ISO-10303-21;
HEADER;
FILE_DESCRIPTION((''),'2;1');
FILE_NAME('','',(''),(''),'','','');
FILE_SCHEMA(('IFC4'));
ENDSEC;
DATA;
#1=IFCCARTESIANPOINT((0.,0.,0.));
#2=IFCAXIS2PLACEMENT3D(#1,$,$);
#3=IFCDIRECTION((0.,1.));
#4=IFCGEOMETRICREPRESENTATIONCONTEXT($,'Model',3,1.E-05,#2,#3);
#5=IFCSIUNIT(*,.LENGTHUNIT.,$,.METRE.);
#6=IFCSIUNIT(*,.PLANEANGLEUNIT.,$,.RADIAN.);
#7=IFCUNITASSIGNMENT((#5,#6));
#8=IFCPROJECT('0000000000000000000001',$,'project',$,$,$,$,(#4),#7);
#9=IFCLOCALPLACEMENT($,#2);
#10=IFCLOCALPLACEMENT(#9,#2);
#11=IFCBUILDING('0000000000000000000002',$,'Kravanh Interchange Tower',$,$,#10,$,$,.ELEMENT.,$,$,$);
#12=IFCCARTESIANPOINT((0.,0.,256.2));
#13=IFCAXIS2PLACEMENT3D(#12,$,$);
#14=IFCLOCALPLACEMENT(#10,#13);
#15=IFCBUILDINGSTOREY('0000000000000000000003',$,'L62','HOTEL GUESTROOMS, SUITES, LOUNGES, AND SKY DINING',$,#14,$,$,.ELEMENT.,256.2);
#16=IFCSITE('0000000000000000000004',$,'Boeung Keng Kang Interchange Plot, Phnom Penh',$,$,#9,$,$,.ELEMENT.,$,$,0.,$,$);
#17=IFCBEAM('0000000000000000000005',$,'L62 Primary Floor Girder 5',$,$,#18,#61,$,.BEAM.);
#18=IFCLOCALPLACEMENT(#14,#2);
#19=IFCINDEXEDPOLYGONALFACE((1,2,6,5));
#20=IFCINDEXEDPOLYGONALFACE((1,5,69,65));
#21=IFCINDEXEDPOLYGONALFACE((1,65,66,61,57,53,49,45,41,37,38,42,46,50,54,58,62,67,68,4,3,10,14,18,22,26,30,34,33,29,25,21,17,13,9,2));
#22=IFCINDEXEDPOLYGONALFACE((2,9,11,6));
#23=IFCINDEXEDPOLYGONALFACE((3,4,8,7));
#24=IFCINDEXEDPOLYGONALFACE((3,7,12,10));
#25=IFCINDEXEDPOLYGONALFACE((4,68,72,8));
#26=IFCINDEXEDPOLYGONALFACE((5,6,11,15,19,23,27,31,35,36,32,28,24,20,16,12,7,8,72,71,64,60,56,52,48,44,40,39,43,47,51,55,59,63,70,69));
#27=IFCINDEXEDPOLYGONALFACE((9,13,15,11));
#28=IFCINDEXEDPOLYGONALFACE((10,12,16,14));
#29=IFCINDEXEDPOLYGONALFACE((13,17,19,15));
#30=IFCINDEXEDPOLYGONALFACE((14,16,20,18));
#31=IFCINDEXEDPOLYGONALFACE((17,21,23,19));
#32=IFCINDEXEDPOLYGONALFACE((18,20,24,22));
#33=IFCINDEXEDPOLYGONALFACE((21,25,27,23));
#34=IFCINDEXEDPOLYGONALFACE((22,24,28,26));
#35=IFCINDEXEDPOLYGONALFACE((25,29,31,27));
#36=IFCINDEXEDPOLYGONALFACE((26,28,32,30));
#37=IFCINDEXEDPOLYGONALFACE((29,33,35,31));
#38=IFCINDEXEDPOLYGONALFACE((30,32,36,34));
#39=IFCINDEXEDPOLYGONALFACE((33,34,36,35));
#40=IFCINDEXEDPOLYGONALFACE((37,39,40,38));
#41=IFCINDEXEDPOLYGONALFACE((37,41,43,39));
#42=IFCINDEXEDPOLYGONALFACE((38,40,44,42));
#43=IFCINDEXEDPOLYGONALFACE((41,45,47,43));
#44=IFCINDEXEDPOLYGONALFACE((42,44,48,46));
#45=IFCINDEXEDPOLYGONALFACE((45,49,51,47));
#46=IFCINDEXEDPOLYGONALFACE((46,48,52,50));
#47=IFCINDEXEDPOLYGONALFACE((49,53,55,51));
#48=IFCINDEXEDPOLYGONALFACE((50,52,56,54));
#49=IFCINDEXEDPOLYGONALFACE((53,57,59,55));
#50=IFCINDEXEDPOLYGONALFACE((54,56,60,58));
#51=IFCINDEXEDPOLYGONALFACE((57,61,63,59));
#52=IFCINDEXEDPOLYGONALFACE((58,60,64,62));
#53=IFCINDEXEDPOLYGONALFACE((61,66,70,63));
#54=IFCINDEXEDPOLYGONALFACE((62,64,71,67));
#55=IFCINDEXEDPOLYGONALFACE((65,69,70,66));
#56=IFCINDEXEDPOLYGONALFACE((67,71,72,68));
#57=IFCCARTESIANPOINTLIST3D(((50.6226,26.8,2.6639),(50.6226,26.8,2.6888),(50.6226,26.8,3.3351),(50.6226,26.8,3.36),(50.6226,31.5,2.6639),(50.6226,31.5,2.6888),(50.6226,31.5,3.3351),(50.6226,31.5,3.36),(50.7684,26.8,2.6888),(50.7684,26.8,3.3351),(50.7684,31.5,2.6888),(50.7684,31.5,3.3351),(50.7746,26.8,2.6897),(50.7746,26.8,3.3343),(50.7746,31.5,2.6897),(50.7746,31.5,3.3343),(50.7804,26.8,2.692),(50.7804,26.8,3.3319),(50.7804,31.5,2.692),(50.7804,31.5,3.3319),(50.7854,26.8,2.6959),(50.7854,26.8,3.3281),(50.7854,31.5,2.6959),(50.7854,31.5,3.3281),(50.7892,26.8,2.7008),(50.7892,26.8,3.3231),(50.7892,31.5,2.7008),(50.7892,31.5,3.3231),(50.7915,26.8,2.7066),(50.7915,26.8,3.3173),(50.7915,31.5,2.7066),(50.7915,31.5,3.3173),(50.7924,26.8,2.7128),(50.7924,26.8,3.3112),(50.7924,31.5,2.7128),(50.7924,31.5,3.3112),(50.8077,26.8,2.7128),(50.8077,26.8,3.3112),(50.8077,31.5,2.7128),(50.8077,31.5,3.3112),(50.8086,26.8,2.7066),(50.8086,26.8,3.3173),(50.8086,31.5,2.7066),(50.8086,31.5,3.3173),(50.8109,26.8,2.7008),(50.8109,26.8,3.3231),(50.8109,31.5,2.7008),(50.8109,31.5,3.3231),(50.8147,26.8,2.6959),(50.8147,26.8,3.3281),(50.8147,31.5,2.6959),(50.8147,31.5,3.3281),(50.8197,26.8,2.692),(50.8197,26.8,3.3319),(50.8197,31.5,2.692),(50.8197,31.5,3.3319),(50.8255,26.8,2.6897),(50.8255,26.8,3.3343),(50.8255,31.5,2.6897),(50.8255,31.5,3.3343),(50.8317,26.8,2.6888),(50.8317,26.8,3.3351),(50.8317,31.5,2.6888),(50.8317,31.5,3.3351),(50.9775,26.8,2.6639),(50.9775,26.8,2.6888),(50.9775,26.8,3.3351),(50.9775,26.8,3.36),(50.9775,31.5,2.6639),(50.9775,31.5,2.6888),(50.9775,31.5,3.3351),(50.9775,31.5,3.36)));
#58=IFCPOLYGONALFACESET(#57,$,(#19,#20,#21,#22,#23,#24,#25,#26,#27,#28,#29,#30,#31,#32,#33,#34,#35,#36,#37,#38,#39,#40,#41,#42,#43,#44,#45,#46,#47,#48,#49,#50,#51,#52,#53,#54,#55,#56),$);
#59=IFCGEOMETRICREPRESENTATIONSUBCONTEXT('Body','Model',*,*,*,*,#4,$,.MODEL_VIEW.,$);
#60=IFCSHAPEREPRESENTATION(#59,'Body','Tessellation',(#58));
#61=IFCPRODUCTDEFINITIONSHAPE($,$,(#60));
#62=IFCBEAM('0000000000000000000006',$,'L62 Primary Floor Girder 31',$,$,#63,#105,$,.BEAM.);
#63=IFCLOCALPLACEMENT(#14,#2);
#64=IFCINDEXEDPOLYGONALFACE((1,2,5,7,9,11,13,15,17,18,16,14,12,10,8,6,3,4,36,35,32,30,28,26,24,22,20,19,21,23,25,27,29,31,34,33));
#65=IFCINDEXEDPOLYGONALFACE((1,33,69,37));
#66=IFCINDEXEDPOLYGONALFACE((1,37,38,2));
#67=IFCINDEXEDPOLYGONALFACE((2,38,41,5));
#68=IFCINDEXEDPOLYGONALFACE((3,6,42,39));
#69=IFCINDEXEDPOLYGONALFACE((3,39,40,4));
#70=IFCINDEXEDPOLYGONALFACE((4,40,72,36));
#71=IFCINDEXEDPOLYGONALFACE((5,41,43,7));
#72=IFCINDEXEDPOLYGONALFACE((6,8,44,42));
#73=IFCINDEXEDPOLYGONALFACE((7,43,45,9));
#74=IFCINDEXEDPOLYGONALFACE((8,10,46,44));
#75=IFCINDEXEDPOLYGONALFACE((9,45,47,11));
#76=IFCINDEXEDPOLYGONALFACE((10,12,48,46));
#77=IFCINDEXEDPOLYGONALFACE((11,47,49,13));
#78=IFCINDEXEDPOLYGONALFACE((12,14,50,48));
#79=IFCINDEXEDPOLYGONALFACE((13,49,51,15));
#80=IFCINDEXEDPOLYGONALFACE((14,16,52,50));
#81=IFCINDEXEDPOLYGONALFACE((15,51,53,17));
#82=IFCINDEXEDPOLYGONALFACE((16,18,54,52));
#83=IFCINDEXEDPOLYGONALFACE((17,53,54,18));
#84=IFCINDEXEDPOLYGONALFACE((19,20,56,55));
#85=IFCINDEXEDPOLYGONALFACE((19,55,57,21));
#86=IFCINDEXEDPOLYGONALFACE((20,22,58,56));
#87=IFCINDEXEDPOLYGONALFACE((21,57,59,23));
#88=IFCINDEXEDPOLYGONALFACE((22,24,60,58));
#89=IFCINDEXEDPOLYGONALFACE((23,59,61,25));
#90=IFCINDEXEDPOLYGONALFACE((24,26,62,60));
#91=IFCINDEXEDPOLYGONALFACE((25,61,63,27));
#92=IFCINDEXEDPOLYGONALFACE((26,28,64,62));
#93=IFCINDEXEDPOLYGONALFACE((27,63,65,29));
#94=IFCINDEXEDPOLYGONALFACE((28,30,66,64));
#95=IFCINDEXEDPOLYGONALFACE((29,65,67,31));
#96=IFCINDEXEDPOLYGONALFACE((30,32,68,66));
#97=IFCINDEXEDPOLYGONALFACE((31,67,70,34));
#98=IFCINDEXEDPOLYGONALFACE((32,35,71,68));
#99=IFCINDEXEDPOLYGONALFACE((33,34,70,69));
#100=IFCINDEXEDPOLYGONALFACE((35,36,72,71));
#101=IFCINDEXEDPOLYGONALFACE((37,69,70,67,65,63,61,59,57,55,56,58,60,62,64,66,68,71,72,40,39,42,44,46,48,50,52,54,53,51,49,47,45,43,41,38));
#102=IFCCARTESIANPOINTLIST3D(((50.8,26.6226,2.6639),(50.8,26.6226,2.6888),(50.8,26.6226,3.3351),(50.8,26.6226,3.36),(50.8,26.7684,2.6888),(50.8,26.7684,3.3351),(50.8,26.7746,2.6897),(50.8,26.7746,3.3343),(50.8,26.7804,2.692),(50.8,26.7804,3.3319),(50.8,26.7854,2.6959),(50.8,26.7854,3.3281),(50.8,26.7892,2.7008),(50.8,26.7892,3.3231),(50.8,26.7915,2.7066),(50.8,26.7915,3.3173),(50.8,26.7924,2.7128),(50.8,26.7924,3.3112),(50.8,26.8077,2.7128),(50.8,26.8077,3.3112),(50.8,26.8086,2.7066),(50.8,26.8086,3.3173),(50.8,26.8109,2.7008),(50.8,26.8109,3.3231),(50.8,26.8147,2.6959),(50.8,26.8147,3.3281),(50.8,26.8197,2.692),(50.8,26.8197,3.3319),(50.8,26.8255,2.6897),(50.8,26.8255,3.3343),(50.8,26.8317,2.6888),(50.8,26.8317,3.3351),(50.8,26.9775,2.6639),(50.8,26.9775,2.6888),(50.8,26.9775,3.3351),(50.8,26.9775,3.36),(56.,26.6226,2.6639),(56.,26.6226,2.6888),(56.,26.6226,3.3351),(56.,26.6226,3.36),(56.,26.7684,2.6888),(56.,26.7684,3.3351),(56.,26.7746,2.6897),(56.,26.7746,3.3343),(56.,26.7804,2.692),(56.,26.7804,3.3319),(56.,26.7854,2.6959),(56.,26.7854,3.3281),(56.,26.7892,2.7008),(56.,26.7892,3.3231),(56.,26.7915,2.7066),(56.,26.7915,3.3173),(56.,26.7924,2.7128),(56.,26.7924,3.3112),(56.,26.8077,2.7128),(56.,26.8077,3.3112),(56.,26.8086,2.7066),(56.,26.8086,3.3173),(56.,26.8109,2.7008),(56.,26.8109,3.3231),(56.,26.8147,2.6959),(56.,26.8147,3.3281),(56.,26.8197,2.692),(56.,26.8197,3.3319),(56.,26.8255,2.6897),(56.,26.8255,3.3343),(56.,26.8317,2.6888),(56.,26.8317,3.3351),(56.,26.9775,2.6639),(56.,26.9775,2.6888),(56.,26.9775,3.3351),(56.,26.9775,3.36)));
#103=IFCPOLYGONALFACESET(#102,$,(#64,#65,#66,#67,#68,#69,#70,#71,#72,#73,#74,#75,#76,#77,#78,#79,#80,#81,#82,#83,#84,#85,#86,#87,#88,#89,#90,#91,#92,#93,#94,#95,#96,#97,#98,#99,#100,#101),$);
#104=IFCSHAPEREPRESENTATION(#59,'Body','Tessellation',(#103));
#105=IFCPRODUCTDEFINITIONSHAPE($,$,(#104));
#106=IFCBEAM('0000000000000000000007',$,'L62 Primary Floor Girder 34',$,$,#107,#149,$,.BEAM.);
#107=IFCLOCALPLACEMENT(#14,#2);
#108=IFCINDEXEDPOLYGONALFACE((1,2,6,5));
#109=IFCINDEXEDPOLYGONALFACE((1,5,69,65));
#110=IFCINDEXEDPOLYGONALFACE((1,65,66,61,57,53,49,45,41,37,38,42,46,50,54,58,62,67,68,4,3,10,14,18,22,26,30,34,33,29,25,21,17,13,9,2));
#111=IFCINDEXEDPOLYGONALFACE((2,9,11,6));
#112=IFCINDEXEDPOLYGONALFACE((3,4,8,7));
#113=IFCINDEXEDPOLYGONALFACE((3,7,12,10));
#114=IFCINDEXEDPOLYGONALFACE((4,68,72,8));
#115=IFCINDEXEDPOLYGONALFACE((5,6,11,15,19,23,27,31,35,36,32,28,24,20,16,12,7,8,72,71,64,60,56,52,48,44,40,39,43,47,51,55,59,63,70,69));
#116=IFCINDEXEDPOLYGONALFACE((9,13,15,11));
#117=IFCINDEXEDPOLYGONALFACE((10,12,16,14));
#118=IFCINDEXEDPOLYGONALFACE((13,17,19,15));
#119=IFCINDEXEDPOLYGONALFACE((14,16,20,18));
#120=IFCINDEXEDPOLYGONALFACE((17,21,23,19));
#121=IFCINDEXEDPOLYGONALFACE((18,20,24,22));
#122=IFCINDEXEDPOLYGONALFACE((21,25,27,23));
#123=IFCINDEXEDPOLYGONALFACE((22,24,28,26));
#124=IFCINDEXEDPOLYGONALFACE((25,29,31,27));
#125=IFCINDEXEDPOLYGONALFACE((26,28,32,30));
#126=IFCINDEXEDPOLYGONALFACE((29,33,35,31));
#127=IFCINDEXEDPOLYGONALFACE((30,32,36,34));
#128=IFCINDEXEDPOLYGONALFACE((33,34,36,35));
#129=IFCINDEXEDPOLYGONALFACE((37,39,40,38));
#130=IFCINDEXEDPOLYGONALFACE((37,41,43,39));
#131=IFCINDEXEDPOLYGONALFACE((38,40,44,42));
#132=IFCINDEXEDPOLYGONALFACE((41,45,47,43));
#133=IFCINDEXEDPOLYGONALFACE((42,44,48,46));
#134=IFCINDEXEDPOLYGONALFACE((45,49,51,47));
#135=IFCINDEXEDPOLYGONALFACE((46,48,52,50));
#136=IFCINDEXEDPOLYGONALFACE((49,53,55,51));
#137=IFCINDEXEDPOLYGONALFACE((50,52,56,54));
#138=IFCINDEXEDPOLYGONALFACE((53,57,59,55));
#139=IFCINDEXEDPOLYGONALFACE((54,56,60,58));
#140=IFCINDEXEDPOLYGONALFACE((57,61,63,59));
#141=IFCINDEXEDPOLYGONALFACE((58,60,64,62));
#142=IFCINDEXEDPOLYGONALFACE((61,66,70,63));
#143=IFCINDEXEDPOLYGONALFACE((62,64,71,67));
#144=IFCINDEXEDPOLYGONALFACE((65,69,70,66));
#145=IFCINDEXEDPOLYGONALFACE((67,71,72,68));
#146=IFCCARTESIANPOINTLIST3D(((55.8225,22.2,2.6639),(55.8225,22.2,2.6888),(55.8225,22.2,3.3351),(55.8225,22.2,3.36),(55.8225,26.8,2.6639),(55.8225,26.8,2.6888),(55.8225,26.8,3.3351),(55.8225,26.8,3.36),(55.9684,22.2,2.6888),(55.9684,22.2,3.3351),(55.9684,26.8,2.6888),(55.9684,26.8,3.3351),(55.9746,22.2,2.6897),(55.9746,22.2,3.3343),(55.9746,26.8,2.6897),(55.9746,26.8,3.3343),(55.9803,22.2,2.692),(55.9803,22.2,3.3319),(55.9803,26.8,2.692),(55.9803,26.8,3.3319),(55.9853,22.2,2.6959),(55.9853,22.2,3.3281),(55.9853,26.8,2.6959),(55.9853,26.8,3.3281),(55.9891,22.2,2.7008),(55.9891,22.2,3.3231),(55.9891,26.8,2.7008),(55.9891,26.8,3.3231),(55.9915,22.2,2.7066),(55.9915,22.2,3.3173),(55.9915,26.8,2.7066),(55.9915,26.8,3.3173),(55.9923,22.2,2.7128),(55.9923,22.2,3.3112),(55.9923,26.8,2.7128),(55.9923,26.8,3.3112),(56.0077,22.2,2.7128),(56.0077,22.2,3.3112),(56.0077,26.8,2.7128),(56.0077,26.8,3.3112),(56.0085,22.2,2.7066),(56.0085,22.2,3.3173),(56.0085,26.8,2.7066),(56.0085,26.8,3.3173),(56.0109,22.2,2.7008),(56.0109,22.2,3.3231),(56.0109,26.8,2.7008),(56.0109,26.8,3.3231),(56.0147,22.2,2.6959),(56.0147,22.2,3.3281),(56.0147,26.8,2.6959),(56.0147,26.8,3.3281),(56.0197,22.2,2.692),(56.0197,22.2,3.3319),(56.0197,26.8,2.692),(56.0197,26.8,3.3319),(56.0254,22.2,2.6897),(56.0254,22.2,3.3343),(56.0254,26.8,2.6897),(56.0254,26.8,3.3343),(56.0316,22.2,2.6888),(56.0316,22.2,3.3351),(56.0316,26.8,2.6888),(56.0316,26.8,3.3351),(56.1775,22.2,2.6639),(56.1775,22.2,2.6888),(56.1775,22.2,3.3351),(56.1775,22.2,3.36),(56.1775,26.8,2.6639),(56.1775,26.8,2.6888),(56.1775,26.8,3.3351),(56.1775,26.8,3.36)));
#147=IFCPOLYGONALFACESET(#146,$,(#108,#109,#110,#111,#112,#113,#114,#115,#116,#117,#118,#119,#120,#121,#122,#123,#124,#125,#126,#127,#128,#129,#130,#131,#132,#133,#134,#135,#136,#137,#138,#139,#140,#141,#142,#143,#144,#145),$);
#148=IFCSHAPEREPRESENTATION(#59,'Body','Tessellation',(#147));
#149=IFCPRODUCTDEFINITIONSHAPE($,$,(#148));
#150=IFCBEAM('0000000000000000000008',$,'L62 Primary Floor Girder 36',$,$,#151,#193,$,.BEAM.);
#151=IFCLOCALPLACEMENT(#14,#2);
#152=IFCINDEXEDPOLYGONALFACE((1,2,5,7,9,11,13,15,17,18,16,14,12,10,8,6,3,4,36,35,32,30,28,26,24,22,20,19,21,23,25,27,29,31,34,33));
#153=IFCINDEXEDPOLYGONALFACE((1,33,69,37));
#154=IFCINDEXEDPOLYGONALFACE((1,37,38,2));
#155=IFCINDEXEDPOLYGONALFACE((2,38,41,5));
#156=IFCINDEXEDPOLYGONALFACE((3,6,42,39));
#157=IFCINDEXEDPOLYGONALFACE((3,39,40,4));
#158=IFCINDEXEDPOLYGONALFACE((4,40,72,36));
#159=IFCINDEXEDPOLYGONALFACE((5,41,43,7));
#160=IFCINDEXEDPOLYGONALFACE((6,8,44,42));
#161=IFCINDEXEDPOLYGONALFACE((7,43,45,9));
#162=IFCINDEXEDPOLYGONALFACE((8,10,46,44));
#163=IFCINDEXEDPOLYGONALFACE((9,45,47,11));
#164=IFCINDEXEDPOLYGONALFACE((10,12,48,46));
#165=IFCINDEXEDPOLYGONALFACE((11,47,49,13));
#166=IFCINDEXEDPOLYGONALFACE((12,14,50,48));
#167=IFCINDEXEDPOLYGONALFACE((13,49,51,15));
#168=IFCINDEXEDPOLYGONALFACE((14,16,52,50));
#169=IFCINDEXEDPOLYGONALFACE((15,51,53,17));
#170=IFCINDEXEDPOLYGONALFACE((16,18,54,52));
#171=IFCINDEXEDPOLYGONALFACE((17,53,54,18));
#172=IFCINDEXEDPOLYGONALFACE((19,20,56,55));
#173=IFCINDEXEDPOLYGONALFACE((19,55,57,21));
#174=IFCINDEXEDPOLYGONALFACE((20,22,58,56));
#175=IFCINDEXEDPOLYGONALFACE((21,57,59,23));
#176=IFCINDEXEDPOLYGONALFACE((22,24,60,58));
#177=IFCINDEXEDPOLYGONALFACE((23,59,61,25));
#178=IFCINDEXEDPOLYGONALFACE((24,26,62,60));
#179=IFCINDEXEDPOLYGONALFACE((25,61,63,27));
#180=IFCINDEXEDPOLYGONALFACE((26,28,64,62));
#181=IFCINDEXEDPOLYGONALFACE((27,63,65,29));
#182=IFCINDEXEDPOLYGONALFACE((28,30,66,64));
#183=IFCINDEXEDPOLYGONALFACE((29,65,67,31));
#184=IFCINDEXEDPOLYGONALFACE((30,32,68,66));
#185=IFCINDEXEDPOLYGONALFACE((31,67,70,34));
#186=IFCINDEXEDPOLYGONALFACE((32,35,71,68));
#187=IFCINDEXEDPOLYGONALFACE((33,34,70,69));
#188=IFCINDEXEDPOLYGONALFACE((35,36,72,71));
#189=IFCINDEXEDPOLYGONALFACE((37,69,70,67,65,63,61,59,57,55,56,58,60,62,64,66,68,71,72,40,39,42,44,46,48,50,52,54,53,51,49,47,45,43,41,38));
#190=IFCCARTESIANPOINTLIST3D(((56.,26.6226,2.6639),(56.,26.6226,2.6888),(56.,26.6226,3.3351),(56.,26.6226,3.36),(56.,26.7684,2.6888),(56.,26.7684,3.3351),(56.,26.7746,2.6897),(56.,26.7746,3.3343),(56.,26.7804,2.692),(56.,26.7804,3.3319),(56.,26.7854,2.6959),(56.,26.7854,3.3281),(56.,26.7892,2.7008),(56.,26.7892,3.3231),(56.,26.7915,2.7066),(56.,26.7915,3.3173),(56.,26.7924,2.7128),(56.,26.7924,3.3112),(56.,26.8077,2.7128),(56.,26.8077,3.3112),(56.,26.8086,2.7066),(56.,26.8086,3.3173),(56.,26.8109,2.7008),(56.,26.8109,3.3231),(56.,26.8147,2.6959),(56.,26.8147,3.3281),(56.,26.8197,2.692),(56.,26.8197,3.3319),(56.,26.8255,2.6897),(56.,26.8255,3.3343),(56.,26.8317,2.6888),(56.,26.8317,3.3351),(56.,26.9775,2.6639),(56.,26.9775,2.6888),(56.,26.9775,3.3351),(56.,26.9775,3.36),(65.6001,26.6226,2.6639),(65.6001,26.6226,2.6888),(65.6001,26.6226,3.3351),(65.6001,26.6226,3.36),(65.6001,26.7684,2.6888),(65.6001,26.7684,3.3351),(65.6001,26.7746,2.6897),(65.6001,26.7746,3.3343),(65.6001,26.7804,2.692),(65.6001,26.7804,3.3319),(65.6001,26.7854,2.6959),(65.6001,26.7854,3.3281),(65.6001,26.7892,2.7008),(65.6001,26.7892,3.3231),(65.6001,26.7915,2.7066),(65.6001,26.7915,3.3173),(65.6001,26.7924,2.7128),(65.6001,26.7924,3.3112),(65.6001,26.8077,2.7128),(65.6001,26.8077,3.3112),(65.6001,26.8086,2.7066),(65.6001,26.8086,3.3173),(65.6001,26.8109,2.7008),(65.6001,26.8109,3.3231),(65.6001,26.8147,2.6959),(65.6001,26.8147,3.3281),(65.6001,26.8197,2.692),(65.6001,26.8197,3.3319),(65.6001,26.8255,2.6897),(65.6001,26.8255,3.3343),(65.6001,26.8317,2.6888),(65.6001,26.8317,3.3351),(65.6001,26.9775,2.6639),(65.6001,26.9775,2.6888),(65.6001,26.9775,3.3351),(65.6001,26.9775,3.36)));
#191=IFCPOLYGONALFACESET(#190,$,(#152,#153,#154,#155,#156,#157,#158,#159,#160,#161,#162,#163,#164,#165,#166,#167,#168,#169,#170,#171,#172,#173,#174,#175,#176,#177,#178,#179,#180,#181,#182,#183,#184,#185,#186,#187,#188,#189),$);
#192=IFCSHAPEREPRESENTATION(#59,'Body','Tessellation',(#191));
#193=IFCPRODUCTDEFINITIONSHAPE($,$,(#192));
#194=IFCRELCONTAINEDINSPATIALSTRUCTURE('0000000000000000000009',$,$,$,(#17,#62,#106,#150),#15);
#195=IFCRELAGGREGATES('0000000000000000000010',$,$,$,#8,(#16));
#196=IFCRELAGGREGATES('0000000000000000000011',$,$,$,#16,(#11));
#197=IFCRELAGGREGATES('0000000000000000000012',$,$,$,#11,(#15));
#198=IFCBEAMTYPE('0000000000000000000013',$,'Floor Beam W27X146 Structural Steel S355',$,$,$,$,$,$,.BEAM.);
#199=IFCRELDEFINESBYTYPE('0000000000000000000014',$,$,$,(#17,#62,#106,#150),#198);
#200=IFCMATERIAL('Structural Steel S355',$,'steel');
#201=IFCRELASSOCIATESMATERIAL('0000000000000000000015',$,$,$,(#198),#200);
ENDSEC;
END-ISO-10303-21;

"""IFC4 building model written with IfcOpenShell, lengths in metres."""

from ifc_helpers import new_model, si_unit, direction, frame, origin, origin_2d, place, context, subcontext, project, spatial, i_section, extrude, material, material_profile, profile_set, type_object, element, save


model = new_model("IFC4")

# Units and contexts
model_context = context("Model", 3, precision=1e-05, world=origin(), true_north=direction((0.0, 1.0)))
body_context = subcontext(model_context, "Body", "Model", "MODEL_VIEW")
ifc_project = project(units=[si_unit("LENGTHUNIT", "METRE"), si_unit("PLANEANGLEUNIT", "RADIAN")], contexts=[model_context])

# Site, building, storey
site_placement = place(None, origin())
site = spatial("IfcSite", under=ifc_project, at=site_placement, Name="Boeung Keng Kang Interchange Plot, Phnom Penh", CompositionType="ELEMENT", RefElevation=0.0)
building_placement = place(site_placement, origin())
building = spatial("IfcBuilding", under=site, at=building_placement, Name="Kravanh Interchange Tower", CompositionType="ELEMENT")
storey_placement = place(building_placement, frame((0.0, 0.0, 256.2)))
storey = spatial("IfcBuildingStorey", under=building, at=storey_placement, Name="L62", Description="HOTEL GUESTROOMS, SUITES, LOUNGES, AND SKY DINING", CompositionType="ELEMENT", Elevation=256.2)

# Beams
ifc_material_1 = material(Name="Structural Steel S355", Category="steel")
ifc_material_profile_1 = material_profile(ifc_material_1, i_section(OverallWidth=0.355, OverallDepth=0.696, WebThickness=0.0154, FlangeThickness=0.0249, FilletRadius=0.0239, at=origin_2d()), Name="W27X146")
ifc_profile_set_1 = profile_set([ifc_material_profile_1], Name="Structural Steel S355")
beam_type_1 = type_object("IfcBeamType", Name="Floor Beam W27X146 Structural Steel S355", PredefinedType="BEAM", material=ifc_profile_set_1)
beam_1_placement = place(storey_placement, frame((50.8, 31.5, 3.012), z_axis=(0.0, -1.0, 0.0), x_axis=(1.0, 0.0, 0.0)))
element("IfcBeam", 1, at=beam_1_placement, inside=storey, type_object=beam_type_1, Name="L62 Primary Floor Girder 5", PredefinedType="BEAM", context=body_context, shape_type="SweptSolid", body=[
    extrude(i_section(OverallWidth=0.355, OverallDepth=0.696, WebThickness=0.0154, FlangeThickness=0.0249, FilletRadius=0.0239, at=origin_2d()), origin(), (0.0, 0.0, 1.0), 4.7),
])
beam_2_placement = place(storey_placement, frame((50.8, 26.8, 3.012), z_axis=(1.0, 0.0, 0.0), x_axis=(0.0, 1.0, 0.0)))
element("IfcBeam", 2, at=beam_2_placement, inside=storey, type_object=beam_type_1, Name="L62 Primary Floor Girder 31", PredefinedType="BEAM", context=body_context, shape_type="SweptSolid", body=[
    extrude(i_section(OverallWidth=0.355, OverallDepth=0.696, WebThickness=0.0154, FlangeThickness=0.0249, FilletRadius=0.0239, at=origin_2d()), origin(), (0.0, 0.0, 1.0), 5.2),
])
beam_3_placement = place(storey_placement, frame((56.0, 26.8, 3.012), z_axis=(0.0, -1.0, 0.0), x_axis=(1.0, 0.0, 0.0)))
element("IfcBeam", 3, at=beam_3_placement, inside=storey, type_object=beam_type_1, Name="L62 Primary Floor Girder 34", PredefinedType="BEAM", context=body_context, shape_type="SweptSolid", body=[
    extrude(i_section(OverallWidth=0.355, OverallDepth=0.696, WebThickness=0.0154, FlangeThickness=0.0249, FilletRadius=0.0239, at=origin_2d()), origin(), (0.0, 0.0, 1.0), 4.6001),
])
beam_4_placement = place(storey_placement, frame((56.0, 26.8, 3.012), z_axis=(1.0, 0.0, 0.0), x_axis=(0.0, 1.0, 0.0)))
element("IfcBeam", 4, at=beam_4_placement, inside=storey, type_object=beam_type_1, Name="L62 Primary Floor Girder 36", PredefinedType="BEAM", context=body_context, shape_type="SweptSolid", body=[
    extrude(i_section(OverallWidth=0.355, OverallDepth=0.696, WebThickness=0.0154, FlangeThickness=0.0249, FilletRadius=0.0239, at=origin_2d()), origin(), (0.0, 0.0, 1.0), 9.6001),
])

save(model, "model.ifc")
